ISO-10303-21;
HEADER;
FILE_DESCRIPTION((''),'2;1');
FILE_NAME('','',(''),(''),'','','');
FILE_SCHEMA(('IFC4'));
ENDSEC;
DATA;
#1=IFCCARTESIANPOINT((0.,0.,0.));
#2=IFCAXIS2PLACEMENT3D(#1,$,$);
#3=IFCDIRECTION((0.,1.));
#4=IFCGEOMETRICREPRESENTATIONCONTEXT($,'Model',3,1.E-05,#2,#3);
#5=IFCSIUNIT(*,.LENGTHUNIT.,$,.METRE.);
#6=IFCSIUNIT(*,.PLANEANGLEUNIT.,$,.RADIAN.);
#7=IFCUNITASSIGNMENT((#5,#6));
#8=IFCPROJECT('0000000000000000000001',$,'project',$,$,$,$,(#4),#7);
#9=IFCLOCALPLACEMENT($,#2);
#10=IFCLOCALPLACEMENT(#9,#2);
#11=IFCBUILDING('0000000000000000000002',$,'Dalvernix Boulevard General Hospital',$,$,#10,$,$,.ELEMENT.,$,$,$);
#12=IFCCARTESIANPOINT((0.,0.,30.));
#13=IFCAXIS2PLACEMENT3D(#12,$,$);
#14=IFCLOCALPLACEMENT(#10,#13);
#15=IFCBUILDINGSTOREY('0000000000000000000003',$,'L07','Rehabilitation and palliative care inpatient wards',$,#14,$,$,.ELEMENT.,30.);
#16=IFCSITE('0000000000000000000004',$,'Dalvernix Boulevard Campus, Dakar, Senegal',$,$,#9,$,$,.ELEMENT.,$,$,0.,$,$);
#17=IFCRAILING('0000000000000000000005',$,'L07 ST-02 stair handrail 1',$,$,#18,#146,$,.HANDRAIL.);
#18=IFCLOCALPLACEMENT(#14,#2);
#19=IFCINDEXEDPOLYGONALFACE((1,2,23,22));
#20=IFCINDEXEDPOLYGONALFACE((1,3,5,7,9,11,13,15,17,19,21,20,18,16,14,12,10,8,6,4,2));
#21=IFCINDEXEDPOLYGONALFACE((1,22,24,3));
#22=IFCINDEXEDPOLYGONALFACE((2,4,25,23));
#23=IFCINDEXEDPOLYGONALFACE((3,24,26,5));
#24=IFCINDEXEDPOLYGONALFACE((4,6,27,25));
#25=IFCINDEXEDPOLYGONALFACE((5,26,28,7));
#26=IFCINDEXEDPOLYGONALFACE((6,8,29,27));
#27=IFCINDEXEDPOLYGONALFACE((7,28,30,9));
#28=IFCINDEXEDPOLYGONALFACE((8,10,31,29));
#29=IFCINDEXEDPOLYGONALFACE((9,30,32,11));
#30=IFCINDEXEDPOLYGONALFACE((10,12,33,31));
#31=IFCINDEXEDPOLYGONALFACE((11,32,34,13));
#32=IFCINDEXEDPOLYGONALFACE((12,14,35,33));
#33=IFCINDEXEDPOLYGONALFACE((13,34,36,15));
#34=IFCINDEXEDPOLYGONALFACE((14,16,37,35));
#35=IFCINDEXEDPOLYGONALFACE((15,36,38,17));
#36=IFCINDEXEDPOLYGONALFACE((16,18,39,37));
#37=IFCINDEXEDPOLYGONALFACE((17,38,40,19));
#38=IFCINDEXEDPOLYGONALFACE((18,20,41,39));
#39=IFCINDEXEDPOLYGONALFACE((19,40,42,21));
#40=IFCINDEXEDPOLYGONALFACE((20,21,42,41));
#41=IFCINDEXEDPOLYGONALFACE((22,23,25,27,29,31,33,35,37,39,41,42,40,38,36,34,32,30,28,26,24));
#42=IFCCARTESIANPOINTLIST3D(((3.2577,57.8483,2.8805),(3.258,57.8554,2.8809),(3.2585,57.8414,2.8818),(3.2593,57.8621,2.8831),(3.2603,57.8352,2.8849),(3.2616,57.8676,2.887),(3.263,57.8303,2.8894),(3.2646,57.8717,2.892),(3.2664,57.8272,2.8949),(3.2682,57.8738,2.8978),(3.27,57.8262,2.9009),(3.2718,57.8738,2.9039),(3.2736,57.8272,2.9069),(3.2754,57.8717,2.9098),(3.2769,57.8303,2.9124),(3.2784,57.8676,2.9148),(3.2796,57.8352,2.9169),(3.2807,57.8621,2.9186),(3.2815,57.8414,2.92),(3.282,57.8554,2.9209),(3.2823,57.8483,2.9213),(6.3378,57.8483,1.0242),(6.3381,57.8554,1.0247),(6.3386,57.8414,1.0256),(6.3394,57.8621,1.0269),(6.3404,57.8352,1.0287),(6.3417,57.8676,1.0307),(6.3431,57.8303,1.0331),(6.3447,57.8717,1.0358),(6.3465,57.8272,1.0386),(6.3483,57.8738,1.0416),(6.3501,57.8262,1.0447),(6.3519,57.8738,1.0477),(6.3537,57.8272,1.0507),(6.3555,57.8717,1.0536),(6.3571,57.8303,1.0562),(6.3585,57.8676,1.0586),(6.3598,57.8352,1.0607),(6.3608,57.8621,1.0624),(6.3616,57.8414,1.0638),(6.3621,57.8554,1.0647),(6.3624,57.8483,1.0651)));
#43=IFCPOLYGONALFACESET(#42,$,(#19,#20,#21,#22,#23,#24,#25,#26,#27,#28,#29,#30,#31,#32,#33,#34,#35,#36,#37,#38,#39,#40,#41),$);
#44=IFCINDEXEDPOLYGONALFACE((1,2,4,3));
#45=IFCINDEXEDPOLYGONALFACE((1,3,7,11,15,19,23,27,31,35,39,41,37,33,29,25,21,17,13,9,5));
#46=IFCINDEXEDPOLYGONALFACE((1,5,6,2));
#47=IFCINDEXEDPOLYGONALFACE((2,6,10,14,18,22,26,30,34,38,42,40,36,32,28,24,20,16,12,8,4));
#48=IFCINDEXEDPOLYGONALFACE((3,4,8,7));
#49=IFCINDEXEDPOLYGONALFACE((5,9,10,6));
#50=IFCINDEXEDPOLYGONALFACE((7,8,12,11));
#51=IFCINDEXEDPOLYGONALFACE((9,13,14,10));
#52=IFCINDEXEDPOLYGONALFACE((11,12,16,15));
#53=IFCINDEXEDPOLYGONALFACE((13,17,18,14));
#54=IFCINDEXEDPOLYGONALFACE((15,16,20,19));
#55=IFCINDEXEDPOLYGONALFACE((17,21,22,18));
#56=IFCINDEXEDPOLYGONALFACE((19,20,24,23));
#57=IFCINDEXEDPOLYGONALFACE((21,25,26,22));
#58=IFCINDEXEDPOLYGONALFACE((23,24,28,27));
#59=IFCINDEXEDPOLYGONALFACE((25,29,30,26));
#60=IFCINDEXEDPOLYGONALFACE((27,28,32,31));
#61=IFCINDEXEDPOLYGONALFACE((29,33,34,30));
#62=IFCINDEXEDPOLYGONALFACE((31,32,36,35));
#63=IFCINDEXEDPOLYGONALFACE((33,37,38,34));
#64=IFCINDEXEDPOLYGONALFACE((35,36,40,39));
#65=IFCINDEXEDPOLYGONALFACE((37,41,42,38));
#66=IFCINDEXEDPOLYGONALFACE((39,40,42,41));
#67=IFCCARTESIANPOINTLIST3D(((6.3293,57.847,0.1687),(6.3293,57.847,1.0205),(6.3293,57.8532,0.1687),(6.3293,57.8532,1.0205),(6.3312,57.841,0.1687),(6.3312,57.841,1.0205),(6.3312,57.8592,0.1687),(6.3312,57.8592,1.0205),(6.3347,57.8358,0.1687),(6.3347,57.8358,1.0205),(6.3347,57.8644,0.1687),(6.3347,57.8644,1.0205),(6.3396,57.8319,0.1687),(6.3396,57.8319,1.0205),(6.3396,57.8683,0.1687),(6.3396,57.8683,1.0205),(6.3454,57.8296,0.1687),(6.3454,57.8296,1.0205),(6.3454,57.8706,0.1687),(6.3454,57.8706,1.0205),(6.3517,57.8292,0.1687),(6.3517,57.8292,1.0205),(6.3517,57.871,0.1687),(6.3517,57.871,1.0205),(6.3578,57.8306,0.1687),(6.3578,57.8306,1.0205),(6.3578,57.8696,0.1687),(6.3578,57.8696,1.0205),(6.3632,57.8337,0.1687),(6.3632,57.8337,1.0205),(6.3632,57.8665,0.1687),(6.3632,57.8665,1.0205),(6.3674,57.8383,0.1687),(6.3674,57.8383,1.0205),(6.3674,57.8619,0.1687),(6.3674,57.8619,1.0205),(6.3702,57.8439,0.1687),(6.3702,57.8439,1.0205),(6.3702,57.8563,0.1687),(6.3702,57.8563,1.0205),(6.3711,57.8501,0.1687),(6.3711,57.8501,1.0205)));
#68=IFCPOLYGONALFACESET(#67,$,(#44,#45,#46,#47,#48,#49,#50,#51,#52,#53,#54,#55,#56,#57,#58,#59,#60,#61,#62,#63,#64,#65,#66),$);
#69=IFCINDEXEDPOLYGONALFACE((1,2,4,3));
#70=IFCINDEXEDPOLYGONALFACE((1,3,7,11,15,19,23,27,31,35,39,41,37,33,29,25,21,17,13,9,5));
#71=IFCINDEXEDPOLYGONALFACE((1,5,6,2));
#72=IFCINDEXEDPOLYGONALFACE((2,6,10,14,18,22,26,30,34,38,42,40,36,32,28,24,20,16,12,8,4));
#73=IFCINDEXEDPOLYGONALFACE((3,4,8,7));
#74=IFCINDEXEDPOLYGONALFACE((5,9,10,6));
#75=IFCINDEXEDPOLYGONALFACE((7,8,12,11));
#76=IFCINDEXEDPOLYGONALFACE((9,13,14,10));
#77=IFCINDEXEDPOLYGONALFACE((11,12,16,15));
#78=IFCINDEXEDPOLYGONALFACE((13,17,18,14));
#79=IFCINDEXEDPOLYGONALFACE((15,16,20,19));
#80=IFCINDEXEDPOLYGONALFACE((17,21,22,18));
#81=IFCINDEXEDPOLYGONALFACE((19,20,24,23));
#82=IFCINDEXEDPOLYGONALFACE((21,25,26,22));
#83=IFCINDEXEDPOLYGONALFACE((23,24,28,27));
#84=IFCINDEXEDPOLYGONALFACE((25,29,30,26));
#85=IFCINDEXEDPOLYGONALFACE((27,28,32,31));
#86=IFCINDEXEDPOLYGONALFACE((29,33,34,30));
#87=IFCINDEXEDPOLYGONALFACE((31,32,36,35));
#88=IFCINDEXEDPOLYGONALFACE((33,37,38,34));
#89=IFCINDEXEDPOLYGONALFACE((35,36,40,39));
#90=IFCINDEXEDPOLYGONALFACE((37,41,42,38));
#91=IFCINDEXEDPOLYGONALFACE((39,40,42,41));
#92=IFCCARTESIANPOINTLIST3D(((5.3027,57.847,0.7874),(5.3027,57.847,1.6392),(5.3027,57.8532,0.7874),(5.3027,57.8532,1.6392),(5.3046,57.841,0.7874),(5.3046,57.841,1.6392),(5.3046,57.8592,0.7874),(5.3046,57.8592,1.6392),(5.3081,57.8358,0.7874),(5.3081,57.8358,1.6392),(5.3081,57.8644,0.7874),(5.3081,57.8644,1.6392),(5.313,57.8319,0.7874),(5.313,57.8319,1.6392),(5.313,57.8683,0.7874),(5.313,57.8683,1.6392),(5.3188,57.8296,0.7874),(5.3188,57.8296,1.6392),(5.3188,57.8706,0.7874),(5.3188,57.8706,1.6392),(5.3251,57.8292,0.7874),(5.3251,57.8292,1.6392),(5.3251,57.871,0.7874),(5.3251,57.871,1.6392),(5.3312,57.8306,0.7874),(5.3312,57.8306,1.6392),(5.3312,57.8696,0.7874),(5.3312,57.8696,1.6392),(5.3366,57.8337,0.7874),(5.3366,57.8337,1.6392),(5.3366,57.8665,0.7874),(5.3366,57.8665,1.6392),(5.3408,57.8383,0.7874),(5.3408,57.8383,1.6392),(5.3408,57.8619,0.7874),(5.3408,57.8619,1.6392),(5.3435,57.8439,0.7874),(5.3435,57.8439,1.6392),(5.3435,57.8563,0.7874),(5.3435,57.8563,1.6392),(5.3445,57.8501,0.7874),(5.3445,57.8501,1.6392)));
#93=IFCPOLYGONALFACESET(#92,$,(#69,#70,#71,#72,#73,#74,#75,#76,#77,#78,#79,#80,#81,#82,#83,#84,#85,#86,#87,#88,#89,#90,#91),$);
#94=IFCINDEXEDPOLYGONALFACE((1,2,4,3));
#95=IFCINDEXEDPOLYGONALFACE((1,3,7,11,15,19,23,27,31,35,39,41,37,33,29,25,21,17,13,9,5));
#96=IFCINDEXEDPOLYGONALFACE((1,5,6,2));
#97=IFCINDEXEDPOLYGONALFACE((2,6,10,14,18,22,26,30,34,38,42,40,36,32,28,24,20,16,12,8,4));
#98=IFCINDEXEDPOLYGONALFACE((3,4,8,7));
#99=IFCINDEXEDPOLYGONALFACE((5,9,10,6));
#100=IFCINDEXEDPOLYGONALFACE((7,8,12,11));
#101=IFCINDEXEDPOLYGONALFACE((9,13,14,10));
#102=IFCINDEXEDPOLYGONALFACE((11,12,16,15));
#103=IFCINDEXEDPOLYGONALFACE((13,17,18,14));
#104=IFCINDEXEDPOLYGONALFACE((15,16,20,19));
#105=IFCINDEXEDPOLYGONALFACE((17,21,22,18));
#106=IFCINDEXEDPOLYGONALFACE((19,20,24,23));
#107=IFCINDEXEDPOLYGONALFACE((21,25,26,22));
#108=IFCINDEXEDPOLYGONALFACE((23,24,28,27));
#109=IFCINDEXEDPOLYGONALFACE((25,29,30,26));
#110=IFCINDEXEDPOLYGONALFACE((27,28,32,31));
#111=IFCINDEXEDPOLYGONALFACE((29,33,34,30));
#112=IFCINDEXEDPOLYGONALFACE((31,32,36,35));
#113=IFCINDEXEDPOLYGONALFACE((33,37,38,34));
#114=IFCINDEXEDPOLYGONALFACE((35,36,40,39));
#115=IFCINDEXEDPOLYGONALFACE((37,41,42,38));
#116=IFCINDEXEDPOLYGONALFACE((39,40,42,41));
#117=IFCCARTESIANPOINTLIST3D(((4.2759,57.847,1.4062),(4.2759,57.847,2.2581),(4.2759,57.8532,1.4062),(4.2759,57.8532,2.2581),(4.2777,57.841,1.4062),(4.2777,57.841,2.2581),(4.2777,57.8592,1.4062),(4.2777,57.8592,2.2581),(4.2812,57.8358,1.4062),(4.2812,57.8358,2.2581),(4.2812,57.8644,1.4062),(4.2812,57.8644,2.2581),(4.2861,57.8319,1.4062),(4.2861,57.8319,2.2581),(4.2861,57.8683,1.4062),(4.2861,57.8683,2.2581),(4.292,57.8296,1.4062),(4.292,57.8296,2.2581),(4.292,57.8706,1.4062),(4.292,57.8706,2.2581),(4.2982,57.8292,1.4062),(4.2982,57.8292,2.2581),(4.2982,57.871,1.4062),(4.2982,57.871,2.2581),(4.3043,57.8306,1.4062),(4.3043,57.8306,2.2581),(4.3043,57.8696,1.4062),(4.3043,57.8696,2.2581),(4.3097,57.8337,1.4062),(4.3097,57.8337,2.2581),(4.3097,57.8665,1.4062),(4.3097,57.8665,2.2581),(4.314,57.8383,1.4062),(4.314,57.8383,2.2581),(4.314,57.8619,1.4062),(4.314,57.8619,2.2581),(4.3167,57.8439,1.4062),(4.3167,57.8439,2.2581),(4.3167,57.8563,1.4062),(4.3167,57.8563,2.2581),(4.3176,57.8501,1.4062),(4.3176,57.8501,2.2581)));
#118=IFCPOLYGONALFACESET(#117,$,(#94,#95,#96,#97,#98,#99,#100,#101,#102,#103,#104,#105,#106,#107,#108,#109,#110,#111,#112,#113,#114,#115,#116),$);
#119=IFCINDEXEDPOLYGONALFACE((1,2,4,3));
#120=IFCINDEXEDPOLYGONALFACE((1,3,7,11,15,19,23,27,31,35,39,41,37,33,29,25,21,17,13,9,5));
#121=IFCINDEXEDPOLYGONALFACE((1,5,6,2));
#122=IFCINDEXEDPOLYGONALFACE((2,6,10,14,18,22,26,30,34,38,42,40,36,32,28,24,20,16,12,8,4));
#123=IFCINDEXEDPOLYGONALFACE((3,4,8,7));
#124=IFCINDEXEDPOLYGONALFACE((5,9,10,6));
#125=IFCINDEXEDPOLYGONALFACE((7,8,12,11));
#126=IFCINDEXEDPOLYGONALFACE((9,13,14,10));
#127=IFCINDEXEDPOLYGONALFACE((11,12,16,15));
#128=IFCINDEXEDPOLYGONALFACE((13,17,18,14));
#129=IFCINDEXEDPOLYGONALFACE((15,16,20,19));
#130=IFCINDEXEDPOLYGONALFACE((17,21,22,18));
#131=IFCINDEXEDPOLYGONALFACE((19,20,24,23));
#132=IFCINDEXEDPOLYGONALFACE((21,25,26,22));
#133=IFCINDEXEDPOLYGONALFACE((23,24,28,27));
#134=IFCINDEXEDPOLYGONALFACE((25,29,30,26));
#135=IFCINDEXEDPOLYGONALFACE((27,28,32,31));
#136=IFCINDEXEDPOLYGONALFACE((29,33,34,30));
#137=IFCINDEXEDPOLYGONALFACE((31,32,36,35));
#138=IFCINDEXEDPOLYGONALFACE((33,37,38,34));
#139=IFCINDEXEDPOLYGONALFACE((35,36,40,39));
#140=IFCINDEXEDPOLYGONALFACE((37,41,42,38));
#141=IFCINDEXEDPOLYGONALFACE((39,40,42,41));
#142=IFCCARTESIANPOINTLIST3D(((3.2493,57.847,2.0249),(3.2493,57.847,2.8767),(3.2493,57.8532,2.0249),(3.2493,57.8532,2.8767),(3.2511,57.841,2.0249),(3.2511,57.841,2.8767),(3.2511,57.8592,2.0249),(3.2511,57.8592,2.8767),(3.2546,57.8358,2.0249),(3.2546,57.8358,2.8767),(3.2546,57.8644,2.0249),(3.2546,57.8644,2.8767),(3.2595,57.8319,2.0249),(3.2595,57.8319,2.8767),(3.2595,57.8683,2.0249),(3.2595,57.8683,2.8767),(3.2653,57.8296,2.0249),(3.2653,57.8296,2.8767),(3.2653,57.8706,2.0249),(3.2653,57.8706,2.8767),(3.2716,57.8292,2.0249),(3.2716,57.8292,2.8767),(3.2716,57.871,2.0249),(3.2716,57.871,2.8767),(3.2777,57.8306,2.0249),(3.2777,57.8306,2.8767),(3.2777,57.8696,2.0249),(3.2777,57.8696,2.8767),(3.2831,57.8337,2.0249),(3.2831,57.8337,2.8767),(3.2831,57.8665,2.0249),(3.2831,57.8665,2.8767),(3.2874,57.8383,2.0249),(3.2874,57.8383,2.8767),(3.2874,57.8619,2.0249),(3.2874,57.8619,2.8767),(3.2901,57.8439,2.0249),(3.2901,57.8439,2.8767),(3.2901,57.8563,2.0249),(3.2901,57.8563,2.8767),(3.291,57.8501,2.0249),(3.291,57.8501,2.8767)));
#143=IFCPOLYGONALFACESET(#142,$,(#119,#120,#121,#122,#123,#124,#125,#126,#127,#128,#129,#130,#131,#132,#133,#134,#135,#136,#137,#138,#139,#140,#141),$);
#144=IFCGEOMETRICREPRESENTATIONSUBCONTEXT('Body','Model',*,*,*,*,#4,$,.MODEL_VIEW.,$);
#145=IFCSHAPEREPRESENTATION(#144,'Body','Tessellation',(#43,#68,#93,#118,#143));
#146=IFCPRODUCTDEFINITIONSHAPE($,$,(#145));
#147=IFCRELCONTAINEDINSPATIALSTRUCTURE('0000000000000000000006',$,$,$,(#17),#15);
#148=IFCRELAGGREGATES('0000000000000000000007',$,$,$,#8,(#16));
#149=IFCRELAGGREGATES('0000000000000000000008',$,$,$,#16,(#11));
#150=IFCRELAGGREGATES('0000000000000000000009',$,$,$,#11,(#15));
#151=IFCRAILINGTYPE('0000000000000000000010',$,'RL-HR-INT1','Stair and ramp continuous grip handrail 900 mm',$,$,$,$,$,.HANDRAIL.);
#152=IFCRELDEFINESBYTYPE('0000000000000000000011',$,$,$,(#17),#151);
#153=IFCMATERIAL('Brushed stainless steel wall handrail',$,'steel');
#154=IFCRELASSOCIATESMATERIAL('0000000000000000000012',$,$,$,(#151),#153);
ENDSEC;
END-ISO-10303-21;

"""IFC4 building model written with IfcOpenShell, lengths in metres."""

from ifc_helpers import new_model, si_unit, direction, frame, origin, origin_2d, place, context, subcontext, project, spatial, circle, extrude, material, type_object, element, save


model = new_model("IFC4")

# Units and contexts
model_context = context("Model", 3, precision=1e-05, world=origin(), true_north=direction((0.0, 1.0)))
body_context = subcontext(model_context, "Body", "Model", "MODEL_VIEW")
ifc_project = project(units=[si_unit("LENGTHUNIT", "METRE"), si_unit("PLANEANGLEUNIT", "RADIAN")], contexts=[model_context])

# Site, building, storey
site_placement = place(None, origin())
site = spatial("IfcSite", under=ifc_project, at=site_placement, Name="Dalvernix Boulevard Campus, Dakar, Senegal", CompositionType="ELEMENT", RefElevation=0.0)
building_placement = place(site_placement, origin())
building = spatial("IfcBuilding", under=site, at=building_placement, Name="Dalvernix Boulevard General Hospital", CompositionType="ELEMENT")
storey_placement = place(building_placement, frame((0.0, 0.0, 30.0)))
storey = spatial("IfcBuildingStorey", under=building, at=storey_placement, Name="L07", Description="Rehabilitation and palliative care inpatient wards", CompositionType="ELEMENT", Elevation=30.0)

# Railing
ifc_material_1 = material(Name="Brushed stainless steel wall handrail", Category="steel")
railing_type_1 = type_object("IfcRailingType", Name="RL-HR-INT1", Description="Stair and ramp continuous grip handrail 900 mm", PredefinedType="HANDRAIL", material=ifc_material_1)
railing_1_placement = place(storey_placement, frame((6.3501, 57.8501, 0.1687)))
element("IfcRailing", 1, at=railing_1_placement, inside=storey, type_object=railing_type_1, Name="L07 ST-02 stair handrail 1", PredefinedType="HANDRAIL", context=body_context, shape_type="SweptSolid", body=[
    extrude(circle(Radius=0.0239, at=origin_2d()), frame((0.0, 0.0, 0.876), z_axis=(-0.856491, 0.0, 0.516162), x_axis=(0.0, -1.0, 0.0)), (0.0, 0.0, 1.0), 3.5962),
    extrude(circle(Radius=0.021, at=origin_2d()), origin(), (0.0, 0.0, 1.0), 0.8518),
    extrude(circle(Radius=0.021, at=origin_2d()), frame((-1.0266, 0.0, 0.6187)), (0.0, 0.0, 1.0), 0.8518),
    extrude(circle(Radius=0.021, at=origin_2d()), frame((-2.0535, 0.0, 1.2375)), (0.0, 0.0, 1.0), 0.8518),
    extrude(circle(Radius=0.021, at=origin_2d()), frame((-3.0801, 0.0, 1.8562)), (0.0, 0.0, 1.0), 0.8518),
])

save(model, "model.ifc")
